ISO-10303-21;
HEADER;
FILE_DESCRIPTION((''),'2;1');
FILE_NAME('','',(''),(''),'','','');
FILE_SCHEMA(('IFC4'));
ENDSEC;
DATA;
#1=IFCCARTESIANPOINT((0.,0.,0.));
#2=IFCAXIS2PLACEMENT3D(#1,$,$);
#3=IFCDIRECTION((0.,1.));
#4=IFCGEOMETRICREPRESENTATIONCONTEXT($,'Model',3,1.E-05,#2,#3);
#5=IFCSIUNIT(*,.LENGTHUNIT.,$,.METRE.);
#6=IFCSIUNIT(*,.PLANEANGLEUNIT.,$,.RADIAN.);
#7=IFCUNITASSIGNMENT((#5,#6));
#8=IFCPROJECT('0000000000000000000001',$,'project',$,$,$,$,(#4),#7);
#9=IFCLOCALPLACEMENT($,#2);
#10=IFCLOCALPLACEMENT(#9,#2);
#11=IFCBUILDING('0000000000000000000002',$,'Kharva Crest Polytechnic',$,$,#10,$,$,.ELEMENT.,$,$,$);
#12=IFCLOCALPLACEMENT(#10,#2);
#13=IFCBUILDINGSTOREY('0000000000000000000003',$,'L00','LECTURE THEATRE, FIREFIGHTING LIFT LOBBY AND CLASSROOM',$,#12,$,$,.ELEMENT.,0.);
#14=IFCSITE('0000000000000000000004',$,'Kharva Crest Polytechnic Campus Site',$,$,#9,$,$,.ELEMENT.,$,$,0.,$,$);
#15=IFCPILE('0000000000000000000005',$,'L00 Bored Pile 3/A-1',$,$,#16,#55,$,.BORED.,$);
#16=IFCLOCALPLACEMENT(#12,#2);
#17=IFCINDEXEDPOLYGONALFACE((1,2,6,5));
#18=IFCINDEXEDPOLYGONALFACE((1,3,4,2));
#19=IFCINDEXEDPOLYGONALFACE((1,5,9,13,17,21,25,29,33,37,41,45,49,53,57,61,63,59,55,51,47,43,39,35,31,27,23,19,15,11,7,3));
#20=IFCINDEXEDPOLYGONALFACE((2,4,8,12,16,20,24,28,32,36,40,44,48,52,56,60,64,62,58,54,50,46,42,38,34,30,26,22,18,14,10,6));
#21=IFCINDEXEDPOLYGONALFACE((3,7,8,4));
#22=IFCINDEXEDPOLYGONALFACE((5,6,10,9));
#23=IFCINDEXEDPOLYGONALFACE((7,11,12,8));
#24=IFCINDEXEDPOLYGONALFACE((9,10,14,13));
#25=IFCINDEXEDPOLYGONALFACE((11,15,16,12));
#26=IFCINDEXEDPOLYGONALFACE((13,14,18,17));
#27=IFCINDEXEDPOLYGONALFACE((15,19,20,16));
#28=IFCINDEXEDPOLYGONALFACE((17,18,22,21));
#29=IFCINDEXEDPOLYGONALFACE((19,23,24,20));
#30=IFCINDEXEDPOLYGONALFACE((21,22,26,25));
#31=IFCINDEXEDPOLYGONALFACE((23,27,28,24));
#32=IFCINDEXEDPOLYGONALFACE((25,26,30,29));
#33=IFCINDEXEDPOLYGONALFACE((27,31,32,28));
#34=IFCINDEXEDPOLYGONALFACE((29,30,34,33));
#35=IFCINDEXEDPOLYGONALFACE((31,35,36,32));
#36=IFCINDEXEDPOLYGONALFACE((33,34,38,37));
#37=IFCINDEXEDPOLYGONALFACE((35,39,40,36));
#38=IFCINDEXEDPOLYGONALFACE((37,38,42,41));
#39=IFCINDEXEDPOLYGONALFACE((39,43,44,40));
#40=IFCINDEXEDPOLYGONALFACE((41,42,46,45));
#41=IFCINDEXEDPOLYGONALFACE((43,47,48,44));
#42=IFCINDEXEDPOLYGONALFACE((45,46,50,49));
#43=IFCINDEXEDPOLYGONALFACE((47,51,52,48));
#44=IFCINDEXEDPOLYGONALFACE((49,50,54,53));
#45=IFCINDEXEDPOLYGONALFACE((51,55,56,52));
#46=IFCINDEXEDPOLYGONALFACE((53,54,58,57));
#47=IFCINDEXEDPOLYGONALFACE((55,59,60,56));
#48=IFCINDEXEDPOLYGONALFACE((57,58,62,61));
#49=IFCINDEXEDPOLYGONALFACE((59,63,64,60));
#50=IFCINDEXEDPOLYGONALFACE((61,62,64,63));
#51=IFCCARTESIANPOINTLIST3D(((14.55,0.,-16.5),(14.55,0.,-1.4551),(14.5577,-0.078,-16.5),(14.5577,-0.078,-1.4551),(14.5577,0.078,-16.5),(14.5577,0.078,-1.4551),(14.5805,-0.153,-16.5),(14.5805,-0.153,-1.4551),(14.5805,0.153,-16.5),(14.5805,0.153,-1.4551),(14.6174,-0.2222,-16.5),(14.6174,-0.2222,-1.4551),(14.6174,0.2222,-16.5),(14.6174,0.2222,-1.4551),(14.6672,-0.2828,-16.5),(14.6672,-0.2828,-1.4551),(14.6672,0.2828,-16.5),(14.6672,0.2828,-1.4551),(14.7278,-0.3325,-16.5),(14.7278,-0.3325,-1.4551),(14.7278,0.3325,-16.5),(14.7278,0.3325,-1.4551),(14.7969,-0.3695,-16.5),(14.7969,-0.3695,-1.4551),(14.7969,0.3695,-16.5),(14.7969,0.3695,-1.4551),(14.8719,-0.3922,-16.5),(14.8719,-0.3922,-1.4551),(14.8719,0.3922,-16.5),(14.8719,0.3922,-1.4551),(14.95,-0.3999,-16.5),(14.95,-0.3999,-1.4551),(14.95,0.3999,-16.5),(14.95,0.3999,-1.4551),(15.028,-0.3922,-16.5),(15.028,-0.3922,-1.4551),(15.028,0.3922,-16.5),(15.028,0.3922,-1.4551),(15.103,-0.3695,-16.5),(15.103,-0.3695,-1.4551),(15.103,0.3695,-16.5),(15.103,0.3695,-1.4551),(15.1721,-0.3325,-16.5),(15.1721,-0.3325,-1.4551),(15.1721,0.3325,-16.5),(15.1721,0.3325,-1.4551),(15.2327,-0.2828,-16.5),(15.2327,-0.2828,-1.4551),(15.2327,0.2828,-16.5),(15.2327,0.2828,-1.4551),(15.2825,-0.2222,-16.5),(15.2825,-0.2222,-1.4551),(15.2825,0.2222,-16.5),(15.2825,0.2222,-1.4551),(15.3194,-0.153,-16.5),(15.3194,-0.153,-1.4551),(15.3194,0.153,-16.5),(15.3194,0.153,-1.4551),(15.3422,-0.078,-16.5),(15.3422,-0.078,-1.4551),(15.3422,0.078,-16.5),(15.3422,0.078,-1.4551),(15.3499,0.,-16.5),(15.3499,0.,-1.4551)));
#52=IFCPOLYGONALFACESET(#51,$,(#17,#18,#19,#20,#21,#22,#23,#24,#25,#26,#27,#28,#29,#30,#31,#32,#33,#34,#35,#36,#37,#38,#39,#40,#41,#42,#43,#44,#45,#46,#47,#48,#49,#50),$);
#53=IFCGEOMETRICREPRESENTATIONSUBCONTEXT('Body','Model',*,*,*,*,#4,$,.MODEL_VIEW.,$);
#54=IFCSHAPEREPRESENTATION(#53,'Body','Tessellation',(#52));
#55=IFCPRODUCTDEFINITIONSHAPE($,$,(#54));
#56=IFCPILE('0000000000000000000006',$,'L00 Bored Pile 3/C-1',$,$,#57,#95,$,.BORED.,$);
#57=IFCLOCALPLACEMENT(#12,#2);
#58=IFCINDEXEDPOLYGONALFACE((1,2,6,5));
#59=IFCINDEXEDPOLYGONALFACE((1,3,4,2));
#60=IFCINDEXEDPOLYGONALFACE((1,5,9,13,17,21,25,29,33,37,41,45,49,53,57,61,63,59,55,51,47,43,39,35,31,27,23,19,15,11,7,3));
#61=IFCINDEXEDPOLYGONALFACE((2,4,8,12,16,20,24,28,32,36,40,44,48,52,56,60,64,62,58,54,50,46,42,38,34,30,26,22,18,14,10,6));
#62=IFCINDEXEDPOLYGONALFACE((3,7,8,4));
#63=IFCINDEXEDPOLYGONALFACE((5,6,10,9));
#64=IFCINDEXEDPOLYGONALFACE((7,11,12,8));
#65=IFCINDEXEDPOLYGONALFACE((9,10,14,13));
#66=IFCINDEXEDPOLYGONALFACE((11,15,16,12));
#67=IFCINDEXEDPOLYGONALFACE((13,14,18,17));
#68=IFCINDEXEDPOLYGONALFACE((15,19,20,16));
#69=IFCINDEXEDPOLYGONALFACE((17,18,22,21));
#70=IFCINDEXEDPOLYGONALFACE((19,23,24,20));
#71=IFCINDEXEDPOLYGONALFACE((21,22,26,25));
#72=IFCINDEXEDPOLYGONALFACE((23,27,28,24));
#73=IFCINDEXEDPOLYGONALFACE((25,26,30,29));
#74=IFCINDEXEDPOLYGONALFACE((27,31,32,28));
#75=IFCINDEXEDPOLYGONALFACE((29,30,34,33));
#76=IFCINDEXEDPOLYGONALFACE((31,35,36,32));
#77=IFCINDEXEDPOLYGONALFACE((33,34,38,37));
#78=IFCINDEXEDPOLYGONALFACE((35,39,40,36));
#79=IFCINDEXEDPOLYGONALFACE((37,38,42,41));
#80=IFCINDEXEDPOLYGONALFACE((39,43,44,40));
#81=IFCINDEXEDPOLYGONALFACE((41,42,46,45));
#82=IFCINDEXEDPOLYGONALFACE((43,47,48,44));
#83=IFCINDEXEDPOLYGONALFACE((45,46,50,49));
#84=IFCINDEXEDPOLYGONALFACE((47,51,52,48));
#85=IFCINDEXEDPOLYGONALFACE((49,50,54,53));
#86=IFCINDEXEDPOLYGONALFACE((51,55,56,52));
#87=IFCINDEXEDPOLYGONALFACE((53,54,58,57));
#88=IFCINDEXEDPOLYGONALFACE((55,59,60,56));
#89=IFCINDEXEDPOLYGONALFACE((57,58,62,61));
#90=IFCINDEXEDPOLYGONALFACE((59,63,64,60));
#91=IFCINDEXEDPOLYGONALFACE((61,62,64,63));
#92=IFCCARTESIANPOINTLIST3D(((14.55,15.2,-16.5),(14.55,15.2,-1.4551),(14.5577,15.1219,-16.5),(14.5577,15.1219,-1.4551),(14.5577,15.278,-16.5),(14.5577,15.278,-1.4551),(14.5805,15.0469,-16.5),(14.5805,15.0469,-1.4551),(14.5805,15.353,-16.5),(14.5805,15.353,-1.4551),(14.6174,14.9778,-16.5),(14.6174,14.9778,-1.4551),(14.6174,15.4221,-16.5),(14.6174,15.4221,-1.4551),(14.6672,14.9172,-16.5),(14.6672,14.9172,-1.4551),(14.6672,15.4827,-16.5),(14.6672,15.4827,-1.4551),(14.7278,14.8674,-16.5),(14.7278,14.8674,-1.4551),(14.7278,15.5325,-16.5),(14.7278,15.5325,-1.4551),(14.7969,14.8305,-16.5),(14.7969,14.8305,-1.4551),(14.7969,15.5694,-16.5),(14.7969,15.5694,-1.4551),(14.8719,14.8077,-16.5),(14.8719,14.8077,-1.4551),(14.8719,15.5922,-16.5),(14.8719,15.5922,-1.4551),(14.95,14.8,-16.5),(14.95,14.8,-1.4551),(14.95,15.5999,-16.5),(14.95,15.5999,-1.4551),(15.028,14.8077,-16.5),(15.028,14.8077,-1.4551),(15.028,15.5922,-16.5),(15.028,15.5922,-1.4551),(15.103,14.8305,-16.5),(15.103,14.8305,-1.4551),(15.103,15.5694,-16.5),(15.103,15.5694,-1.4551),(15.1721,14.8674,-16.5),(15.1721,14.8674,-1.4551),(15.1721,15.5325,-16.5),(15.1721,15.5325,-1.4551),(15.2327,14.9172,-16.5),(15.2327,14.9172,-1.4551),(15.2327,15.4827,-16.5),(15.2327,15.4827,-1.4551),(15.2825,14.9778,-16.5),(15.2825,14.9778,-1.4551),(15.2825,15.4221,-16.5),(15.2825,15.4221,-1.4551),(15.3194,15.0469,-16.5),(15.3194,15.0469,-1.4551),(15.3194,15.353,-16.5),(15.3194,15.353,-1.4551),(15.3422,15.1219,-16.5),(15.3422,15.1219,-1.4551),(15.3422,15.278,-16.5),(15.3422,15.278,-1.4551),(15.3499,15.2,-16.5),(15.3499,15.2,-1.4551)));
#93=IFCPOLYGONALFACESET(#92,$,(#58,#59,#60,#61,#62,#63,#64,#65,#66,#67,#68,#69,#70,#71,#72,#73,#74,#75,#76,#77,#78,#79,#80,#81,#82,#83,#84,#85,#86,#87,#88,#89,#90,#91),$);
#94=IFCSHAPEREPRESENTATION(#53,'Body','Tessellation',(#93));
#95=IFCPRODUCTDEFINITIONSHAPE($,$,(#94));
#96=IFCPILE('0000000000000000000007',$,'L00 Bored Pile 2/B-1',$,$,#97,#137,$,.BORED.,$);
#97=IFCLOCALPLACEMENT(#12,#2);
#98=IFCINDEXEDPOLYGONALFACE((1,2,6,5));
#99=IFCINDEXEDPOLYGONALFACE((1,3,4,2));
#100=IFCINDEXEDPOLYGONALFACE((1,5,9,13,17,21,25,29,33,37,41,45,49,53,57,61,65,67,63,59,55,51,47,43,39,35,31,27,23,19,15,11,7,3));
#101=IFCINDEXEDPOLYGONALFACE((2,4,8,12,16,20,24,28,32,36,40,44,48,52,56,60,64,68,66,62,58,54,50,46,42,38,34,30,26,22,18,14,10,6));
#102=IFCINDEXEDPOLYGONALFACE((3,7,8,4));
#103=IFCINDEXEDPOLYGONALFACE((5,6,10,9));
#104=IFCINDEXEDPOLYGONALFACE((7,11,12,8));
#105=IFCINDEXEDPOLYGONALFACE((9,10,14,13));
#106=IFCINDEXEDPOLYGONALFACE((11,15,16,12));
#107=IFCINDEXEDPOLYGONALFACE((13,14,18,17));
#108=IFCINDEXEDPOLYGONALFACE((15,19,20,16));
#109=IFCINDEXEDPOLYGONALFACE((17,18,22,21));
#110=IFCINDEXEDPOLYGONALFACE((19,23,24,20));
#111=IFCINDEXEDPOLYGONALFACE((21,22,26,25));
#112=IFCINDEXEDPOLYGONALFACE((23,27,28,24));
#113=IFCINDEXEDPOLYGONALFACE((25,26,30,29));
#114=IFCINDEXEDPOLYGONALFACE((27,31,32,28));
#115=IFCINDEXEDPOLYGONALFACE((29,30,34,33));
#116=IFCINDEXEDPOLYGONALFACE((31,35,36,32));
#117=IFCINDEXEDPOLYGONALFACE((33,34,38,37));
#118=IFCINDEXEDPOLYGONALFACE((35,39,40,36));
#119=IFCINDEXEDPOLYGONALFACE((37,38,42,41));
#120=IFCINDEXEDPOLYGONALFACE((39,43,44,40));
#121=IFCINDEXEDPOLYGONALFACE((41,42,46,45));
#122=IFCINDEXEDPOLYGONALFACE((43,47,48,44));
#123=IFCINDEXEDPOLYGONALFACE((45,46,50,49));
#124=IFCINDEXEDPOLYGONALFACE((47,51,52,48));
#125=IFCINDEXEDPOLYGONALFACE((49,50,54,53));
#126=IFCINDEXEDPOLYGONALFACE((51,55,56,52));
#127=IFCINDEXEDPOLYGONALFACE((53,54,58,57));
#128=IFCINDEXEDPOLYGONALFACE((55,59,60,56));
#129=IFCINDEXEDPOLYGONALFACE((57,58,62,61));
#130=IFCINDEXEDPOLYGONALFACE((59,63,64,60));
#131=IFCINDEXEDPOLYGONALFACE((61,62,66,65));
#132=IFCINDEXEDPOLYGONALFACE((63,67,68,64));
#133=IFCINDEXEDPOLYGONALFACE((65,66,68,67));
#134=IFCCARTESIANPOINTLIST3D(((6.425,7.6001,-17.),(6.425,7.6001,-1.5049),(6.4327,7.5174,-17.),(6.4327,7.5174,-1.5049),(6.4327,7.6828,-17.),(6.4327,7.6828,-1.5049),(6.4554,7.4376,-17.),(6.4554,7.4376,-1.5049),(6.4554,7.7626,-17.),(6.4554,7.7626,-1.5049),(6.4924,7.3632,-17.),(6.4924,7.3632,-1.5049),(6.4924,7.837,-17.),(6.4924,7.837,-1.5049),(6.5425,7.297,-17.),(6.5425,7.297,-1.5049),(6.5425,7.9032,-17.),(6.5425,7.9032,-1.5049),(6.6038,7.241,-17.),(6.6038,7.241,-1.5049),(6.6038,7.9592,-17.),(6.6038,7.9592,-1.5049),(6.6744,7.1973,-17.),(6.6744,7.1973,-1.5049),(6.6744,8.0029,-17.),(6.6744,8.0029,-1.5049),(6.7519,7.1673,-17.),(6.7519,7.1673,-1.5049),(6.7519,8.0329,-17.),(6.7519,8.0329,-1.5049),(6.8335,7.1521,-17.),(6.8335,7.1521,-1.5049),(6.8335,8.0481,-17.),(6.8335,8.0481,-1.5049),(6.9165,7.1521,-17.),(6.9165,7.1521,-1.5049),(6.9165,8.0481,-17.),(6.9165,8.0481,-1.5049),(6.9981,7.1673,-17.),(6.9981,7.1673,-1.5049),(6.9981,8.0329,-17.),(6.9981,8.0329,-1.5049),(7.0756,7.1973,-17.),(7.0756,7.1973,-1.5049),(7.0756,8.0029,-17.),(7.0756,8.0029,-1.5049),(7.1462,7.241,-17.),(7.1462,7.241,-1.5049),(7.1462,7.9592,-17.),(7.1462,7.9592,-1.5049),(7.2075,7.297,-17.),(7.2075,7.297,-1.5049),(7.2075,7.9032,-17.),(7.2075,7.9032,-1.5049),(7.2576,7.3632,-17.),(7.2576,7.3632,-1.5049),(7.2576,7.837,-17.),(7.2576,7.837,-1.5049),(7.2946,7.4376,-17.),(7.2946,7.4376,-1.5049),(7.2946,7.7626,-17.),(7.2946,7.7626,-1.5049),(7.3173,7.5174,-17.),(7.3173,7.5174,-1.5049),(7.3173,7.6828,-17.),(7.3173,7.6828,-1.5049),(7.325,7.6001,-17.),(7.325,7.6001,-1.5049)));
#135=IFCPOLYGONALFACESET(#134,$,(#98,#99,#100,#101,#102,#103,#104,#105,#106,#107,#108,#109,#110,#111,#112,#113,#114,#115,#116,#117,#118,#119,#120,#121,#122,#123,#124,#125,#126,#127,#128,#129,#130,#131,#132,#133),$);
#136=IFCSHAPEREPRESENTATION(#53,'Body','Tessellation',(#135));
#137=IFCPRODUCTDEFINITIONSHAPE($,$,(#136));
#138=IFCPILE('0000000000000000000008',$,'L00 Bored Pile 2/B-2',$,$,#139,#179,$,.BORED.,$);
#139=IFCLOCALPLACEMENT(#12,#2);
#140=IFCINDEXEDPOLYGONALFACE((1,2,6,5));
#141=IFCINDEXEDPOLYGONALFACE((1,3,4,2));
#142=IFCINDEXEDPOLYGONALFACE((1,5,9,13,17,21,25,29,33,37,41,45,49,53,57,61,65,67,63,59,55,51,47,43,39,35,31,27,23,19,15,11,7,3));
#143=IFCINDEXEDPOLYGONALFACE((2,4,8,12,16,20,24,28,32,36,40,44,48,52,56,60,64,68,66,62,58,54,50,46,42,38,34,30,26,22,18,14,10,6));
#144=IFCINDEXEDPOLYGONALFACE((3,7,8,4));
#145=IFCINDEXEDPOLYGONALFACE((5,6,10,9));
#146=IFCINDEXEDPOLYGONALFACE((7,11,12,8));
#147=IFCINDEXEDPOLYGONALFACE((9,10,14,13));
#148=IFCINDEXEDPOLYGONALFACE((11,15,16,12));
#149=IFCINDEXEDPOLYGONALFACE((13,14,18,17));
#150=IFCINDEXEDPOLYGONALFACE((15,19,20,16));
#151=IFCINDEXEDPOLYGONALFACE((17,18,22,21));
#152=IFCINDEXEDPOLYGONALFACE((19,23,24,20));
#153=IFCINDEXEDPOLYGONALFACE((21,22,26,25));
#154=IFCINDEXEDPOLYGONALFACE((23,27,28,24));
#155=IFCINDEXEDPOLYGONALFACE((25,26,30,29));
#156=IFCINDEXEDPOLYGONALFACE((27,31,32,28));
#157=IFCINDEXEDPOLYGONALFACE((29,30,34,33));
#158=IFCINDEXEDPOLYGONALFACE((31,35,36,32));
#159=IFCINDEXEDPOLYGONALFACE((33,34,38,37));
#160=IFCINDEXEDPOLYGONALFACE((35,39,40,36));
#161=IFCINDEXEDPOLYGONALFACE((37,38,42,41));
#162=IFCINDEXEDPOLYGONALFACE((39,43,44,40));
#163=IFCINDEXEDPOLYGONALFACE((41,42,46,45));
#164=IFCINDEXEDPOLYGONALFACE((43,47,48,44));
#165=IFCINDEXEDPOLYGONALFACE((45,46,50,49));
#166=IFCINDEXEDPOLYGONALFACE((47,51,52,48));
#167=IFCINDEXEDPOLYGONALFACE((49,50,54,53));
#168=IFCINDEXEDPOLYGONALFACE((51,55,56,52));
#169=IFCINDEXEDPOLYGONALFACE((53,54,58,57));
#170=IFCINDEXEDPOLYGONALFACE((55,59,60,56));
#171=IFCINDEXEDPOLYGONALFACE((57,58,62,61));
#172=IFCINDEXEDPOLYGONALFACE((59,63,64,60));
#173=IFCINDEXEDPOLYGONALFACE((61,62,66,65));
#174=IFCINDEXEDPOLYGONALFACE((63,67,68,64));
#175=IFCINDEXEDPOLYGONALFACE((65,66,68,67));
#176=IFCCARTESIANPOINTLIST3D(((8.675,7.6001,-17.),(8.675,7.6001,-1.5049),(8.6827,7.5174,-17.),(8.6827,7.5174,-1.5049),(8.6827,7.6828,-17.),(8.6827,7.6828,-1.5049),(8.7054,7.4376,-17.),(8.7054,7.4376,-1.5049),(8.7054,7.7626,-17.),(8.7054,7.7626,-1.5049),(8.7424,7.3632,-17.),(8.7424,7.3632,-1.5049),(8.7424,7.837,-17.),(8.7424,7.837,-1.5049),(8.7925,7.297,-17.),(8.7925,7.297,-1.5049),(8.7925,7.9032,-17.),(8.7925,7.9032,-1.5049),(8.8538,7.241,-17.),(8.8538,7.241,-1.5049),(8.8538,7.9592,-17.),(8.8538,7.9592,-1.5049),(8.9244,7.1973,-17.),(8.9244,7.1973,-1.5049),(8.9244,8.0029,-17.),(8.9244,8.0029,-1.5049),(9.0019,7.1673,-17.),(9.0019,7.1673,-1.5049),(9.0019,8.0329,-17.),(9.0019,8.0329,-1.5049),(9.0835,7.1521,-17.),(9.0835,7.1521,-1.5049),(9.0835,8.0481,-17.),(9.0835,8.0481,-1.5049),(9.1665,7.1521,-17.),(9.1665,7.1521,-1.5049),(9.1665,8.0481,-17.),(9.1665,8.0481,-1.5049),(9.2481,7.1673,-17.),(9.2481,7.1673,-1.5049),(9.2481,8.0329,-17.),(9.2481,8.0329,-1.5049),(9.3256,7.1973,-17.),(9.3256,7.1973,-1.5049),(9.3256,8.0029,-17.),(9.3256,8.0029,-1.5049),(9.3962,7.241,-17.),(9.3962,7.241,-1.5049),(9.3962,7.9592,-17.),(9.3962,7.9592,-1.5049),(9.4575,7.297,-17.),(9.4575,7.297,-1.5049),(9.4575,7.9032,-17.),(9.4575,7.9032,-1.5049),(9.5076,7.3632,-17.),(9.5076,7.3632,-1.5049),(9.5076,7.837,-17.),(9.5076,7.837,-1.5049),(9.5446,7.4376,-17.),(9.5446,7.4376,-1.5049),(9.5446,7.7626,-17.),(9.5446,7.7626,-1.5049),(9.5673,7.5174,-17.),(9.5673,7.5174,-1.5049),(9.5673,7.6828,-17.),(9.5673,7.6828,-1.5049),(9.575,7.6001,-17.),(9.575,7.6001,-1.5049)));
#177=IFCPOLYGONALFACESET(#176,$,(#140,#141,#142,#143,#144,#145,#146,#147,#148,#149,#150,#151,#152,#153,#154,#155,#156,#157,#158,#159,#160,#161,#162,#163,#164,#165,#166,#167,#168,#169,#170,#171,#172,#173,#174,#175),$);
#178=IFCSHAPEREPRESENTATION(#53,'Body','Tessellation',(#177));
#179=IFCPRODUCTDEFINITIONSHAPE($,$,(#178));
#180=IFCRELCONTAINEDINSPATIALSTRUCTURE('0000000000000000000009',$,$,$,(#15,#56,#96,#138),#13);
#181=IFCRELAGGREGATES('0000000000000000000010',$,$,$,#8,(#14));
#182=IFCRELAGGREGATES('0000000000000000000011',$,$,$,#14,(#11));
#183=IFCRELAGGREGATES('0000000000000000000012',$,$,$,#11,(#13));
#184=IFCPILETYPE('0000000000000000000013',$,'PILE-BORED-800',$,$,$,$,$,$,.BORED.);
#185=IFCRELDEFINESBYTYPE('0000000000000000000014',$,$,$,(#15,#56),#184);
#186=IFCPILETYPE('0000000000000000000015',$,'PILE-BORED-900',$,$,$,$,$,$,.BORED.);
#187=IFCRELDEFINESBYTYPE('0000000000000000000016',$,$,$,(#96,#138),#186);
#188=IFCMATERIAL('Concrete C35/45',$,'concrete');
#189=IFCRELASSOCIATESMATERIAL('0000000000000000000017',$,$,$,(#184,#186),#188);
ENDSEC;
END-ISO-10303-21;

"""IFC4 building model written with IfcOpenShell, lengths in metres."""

from ifc_helpers import new_model, si_unit, direction, frame, origin, origin_2d, place, context, subcontext, project, spatial, circle, extrude, material, material_profile, profile_set, type_object, element, save


model = new_model("IFC4")

# Units and contexts
model_context = context("Model", 3, precision=1e-05, world=origin(), true_north=direction((0.0, 1.0)))
body_context = subcontext(model_context, "Body", "Model", "MODEL_VIEW")
ifc_project = project(units=[si_unit("LENGTHUNIT", "METRE"), si_unit("PLANEANGLEUNIT", "RADIAN")], contexts=[model_context])

# Site, building, storey
site_placement = place(None, origin())
site = spatial("IfcSite", under=ifc_project, at=site_placement, Name="Kharva Crest Polytechnic Campus Site", CompositionType="ELEMENT", RefElevation=0.0)
building_placement = place(site_placement, origin())
building = spatial("IfcBuilding", under=site, at=building_placement, Name="Kharva Crest Polytechnic", CompositionType="ELEMENT")
storey_placement = place(building_placement, origin())
storey = spatial("IfcBuildingStorey", under=building, at=storey_placement, Name="L00", Description="LECTURE THEATRE, FIREFIGHTING LIFT LOBBY AND CLASSROOM", CompositionType="ELEMENT", Elevation=0.0)

# Shared definitions
ifc_material_1 = material(Name="Concrete C35/45", Category="concrete")

# Piles
ifc_material_profile_1 = material_profile(ifc_material_1, circle(Radius=0.3999, at=origin_2d()), Name="DIA 800")
ifc_profile_set_1 = profile_set([ifc_material_profile_1], Name="Concrete C35/45")
pile_type_1 = type_object("IfcPileType", Name="PILE-BORED-800", PredefinedType="BORED", material=ifc_profile_set_1)
for number, where, z_axis, x_axis, name in (
    (1, (14.95, 0.0, -1.4551), (0.0, 0.0, -1.0), (1.0, 0.0, 0.0), "L00 Bored Pile 3/A-1"),
    (2, (14.95, 15.2, -1.4551), (0.0, 0.0, -1.0), (1.0, 0.0, 0.0), "L00 Bored Pile 3/C-1"),
):
    element("IfcPile", number, at=place(storey_placement, frame(where, z_axis=z_axis, x_axis=x_axis)), inside=storey, type_object=pile_type_1, Name=name, PredefinedType="BORED", context=body_context, shape_type="SweptSolid", body=[
        extrude(circle(Radius=0.3999, at=origin_2d()), origin(), (0.0, 0.0, 1.0), 15.0449),
    ])
ifc_material_profile_2 = material_profile(ifc_material_1, circle(Radius=0.45, at=origin_2d()), Name="DIA 900")
ifc_profile_set_2 = profile_set([ifc_material_profile_2], Name="Concrete C35/45")
pile_type_2 = type_object("IfcPileType", Name="PILE-BORED-900", PredefinedType="BORED", material=ifc_profile_set_2)
for number, where, z_axis, x_axis, name in (
    (3, (6.875, 7.6001, -1.5049), (0.0, 0.0, -1.0), (1.0, 0.0, 0.0), "L00 Bored Pile 2/B-1"),
    (4, (9.125, 7.6001, -1.5049), (0.0, 0.0, -1.0), (1.0, 0.0, 0.0), "L00 Bored Pile 2/B-2"),
):
    element("IfcPile", number, at=place(storey_placement, frame(where, z_axis=z_axis, x_axis=x_axis)), inside=storey, type_object=pile_type_2, Name=name, PredefinedType="BORED", context=body_context, shape_type="SweptSolid", body=[
        extrude(circle(Radius=0.45, at=origin_2d()), origin(), (0.0, 0.0, 1.0), 15.4951),
    ])

save(model, "model.ifc")
